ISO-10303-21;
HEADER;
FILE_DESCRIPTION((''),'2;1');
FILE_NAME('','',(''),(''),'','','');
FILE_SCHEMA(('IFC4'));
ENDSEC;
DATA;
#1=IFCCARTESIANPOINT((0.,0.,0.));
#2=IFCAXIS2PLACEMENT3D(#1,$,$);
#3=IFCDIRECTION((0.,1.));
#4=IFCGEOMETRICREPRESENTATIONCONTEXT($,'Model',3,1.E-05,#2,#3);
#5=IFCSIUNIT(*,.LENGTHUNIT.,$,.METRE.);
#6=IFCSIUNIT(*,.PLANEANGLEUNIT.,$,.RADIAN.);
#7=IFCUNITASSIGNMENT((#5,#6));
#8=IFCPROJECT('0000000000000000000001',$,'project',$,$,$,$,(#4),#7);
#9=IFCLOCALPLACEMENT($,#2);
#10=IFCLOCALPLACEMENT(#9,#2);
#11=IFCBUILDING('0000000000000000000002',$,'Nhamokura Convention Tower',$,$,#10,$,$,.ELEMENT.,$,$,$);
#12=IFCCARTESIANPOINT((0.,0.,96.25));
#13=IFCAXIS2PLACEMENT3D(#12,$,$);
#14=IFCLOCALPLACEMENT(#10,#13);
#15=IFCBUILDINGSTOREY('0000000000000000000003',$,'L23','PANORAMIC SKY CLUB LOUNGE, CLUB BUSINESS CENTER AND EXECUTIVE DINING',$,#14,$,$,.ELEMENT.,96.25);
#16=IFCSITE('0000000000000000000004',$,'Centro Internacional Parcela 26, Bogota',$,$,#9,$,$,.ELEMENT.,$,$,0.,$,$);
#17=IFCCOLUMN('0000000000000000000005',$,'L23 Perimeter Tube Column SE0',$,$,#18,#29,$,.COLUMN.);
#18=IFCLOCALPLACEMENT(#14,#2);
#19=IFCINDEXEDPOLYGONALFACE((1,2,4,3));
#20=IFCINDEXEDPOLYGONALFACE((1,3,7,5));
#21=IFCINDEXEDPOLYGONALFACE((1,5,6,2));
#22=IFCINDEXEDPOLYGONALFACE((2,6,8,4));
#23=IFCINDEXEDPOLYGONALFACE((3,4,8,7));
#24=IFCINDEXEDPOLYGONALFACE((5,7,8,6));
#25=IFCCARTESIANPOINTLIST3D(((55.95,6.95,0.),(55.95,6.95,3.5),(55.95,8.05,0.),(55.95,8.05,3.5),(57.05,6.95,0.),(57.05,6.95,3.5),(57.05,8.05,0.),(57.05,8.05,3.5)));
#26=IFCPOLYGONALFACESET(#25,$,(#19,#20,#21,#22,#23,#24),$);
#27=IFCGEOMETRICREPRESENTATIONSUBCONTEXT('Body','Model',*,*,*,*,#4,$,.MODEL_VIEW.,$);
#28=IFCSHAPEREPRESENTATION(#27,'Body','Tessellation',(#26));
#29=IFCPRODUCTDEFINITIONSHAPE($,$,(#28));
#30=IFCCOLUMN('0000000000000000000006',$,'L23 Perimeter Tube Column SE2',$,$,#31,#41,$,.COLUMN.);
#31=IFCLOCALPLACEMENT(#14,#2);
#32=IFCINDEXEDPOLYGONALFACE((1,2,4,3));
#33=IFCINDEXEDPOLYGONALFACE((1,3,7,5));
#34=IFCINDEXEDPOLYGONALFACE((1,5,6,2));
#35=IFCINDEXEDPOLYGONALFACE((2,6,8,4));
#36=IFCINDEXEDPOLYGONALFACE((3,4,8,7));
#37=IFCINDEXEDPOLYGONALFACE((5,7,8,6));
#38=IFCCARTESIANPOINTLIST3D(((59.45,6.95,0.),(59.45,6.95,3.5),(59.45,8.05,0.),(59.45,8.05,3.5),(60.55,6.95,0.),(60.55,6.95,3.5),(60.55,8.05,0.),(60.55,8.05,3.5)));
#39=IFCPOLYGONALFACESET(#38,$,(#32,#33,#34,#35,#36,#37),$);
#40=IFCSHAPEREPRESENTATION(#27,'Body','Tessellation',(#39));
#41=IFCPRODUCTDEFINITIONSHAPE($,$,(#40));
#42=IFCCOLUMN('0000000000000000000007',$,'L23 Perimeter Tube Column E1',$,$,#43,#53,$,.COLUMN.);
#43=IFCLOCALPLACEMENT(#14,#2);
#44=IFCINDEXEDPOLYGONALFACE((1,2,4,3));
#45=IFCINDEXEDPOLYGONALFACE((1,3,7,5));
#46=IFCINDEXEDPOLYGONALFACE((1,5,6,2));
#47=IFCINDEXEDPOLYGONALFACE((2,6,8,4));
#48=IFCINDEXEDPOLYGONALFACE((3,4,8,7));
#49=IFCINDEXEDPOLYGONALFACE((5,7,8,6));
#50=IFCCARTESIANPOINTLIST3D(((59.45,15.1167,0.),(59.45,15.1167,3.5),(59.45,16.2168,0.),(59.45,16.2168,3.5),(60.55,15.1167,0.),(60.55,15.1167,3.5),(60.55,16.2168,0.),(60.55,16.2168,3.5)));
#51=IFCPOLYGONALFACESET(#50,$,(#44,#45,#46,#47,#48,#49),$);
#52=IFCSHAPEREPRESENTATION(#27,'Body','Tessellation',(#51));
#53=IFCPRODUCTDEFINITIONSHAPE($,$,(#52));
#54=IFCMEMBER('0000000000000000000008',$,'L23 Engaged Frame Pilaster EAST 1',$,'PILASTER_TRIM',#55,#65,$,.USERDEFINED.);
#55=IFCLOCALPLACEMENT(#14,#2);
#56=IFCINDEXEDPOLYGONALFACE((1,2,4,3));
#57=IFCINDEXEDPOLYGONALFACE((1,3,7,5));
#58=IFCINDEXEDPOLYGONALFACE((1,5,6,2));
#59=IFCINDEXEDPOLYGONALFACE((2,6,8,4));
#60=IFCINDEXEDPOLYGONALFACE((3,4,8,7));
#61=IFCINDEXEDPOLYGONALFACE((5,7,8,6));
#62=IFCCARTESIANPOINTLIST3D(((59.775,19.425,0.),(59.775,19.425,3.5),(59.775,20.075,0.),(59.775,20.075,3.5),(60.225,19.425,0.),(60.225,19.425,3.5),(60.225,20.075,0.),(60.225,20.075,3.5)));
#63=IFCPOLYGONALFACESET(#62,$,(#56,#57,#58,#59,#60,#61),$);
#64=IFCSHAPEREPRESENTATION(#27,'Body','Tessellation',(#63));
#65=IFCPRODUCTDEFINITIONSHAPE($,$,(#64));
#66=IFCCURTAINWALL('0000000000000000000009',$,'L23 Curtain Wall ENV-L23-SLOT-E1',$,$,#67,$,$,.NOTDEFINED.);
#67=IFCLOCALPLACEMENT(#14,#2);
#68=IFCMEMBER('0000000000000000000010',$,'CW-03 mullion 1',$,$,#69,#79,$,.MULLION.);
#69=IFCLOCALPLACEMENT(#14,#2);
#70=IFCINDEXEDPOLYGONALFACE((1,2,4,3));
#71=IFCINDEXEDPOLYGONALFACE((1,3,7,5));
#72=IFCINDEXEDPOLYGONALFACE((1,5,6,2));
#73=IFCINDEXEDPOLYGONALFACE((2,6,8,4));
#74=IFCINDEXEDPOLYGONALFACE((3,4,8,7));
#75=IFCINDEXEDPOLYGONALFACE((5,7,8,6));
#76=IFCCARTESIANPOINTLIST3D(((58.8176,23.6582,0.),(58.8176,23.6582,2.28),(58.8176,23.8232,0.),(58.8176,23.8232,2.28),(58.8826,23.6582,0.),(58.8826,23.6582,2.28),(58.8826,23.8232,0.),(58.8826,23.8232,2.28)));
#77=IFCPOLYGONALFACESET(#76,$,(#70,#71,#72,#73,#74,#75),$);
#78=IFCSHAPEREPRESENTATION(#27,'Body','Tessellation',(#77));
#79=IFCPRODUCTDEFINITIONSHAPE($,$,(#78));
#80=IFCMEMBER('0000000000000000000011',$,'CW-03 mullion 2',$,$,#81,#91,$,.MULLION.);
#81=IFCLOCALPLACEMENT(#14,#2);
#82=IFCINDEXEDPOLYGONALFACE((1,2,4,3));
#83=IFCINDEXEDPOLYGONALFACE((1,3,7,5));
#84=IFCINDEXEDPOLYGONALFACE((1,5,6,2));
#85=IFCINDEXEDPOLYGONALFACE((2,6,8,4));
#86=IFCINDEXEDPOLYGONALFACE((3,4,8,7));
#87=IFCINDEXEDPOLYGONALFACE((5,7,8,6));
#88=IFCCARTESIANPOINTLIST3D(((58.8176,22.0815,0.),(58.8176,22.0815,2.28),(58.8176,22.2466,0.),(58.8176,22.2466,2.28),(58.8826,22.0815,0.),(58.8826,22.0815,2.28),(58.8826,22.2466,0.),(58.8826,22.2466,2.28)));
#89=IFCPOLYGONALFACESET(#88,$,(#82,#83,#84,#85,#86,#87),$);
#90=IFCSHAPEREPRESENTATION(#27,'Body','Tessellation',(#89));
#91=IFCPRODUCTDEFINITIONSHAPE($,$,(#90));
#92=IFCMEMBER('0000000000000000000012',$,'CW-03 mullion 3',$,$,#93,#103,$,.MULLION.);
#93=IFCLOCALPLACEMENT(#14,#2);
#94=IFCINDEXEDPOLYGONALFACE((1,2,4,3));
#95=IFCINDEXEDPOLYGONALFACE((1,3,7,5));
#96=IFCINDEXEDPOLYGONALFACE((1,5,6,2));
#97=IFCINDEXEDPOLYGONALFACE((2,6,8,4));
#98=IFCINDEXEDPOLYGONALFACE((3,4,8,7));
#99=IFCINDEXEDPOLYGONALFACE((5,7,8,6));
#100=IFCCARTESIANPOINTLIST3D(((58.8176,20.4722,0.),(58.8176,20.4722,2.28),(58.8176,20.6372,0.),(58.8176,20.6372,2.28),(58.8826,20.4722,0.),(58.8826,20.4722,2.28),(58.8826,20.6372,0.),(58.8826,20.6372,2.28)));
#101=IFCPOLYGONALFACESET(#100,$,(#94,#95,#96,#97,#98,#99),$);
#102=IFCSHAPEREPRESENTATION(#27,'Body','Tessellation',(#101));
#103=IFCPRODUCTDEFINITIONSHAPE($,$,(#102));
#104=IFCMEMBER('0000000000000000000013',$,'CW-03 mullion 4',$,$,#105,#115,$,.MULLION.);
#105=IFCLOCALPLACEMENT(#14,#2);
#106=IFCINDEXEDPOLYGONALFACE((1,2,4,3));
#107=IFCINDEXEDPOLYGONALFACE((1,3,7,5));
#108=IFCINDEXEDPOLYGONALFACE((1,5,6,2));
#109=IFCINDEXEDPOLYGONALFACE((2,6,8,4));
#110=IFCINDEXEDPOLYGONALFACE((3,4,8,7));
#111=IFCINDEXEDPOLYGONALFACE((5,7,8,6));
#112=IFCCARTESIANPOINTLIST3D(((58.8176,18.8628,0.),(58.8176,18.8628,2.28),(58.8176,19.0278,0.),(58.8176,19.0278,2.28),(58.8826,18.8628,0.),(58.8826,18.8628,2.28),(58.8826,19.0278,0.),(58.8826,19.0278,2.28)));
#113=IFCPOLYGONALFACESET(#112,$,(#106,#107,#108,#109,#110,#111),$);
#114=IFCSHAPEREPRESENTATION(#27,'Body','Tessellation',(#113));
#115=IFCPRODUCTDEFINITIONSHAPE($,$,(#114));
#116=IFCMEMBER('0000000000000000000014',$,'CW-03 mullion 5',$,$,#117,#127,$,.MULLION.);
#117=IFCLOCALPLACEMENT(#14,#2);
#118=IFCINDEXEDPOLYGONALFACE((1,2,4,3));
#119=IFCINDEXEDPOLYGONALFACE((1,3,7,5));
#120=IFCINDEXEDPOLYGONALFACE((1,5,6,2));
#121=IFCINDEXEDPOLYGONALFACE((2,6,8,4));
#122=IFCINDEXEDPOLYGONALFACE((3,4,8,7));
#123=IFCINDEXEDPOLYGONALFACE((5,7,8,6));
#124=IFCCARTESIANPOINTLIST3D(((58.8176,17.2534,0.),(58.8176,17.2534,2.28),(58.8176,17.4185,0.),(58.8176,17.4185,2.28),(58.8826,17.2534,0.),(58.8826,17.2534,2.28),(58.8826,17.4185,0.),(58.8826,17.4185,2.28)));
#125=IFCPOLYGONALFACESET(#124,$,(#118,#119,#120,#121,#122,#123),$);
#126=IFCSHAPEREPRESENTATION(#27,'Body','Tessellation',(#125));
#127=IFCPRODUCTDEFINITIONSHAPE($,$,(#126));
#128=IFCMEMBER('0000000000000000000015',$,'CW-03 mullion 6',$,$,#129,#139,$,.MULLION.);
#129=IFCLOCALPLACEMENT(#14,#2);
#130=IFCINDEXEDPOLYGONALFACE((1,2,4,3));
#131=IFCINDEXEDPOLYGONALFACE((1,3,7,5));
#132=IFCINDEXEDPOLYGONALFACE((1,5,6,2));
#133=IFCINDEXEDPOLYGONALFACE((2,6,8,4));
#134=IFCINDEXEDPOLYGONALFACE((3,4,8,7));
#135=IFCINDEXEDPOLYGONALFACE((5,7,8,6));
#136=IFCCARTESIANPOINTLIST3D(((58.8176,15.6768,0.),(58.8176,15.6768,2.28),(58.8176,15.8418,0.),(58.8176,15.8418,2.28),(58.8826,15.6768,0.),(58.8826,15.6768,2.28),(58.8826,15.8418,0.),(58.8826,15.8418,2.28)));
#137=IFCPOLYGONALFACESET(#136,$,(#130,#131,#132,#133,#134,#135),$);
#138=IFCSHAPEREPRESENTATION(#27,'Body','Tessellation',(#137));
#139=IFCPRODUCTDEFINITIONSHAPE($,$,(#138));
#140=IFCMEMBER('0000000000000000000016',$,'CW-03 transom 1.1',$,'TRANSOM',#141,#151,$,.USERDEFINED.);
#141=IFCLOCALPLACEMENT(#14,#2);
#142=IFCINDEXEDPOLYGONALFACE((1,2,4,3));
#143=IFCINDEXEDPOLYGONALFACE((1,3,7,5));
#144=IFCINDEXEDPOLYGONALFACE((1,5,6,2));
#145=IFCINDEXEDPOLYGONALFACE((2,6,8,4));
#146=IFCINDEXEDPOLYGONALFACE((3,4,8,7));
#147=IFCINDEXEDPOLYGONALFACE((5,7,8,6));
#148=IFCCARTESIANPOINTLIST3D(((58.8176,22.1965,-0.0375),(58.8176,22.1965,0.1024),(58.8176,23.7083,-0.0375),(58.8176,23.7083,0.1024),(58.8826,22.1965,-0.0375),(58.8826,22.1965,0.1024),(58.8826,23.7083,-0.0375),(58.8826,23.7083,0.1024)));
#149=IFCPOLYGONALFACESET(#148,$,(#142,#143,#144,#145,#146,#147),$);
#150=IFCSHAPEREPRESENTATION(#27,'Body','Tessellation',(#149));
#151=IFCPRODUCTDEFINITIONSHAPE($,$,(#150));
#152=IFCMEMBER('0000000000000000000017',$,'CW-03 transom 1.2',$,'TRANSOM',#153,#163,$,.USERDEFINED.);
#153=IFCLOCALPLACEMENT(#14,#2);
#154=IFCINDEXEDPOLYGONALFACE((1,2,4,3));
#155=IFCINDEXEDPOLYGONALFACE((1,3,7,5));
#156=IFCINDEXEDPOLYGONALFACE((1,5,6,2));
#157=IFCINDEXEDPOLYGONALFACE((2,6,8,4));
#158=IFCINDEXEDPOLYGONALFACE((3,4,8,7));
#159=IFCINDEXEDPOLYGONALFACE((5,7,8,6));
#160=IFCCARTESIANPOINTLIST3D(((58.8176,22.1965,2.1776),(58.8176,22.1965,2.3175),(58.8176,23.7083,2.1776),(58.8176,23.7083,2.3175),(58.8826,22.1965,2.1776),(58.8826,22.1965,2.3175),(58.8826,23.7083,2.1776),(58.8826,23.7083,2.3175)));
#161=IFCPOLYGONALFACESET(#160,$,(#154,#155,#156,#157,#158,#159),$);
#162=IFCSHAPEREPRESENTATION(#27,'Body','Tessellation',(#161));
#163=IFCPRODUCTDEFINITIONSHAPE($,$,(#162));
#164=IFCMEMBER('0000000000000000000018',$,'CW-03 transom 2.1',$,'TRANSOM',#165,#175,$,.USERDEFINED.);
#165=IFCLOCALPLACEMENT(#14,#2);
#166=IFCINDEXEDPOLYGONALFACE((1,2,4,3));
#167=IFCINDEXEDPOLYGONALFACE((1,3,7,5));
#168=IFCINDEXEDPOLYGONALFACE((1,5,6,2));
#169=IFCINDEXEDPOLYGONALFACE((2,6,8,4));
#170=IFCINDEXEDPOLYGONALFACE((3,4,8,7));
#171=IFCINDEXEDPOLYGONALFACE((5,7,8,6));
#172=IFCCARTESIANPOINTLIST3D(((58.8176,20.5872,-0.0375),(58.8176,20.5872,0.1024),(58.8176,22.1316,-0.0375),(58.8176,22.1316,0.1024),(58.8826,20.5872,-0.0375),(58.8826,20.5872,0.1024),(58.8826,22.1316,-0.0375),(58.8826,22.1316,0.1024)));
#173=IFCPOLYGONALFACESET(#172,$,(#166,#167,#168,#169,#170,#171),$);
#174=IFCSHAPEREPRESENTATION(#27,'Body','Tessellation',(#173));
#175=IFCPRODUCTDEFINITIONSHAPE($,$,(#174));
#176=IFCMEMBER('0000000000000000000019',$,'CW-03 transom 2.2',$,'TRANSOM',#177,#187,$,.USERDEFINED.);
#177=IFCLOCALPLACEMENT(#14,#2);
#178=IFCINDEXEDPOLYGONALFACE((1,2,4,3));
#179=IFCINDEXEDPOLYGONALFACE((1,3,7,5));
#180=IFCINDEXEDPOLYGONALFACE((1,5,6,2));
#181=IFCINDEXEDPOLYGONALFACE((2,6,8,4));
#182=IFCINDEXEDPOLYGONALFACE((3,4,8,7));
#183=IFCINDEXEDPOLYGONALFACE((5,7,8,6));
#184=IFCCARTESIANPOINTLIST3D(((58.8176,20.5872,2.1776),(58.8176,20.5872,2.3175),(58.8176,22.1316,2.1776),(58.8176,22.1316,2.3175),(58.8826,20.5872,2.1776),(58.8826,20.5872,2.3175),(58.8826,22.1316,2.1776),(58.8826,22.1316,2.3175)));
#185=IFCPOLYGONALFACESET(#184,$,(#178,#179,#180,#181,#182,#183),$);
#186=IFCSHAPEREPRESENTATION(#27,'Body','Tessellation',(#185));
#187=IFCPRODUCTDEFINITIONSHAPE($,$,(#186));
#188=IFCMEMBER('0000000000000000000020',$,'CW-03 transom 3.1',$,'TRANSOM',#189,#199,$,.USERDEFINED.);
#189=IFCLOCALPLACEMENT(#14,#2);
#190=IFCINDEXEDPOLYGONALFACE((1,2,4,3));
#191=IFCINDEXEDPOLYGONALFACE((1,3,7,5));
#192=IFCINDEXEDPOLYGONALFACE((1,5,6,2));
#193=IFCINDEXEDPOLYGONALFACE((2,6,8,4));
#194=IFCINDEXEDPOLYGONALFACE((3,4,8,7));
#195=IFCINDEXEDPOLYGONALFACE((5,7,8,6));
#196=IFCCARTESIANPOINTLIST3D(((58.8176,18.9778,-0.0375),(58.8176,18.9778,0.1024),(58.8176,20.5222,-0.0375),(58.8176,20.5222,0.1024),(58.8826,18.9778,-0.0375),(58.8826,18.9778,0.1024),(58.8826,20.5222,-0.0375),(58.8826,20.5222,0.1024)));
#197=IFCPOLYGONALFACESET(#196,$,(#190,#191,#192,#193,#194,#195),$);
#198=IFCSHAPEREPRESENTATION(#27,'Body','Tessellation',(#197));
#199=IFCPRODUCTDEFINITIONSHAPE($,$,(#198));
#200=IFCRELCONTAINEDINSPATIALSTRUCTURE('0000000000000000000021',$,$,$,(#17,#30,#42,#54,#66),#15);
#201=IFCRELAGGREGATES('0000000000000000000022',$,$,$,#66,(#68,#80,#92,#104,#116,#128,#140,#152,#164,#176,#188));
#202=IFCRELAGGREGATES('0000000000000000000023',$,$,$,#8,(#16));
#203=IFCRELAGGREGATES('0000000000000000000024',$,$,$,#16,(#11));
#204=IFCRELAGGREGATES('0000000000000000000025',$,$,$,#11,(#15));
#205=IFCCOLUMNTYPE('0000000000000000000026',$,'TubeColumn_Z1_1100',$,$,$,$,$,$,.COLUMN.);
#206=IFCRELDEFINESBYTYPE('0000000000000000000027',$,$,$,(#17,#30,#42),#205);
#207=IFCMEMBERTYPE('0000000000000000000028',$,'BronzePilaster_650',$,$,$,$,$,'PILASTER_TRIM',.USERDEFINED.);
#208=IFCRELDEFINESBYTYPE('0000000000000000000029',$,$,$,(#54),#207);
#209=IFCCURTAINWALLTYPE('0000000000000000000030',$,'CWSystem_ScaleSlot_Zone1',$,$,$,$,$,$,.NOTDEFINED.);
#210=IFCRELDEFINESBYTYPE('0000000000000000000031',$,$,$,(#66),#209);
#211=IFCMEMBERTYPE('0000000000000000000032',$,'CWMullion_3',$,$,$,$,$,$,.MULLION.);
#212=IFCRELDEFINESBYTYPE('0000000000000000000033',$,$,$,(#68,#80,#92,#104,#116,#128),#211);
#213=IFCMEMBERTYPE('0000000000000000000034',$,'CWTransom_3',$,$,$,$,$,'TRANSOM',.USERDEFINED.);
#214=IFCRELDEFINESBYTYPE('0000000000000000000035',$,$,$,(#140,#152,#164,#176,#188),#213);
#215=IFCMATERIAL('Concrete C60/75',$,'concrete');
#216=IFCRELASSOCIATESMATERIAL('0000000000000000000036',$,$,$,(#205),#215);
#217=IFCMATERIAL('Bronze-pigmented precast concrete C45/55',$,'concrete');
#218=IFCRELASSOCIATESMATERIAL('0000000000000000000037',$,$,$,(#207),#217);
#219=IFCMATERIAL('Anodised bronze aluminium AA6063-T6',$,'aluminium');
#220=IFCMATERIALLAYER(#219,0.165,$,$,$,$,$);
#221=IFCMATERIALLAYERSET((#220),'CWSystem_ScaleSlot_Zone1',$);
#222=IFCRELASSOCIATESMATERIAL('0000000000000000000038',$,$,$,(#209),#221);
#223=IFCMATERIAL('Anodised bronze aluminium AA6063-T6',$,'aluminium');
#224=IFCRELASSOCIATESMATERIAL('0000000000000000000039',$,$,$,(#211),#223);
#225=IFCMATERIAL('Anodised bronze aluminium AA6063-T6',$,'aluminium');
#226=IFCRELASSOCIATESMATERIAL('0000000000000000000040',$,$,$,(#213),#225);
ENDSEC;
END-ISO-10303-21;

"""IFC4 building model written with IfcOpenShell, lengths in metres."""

from ifc_helpers import new_model, si_unit, direction, frame, origin, origin_2d, place, context, subcontext, project, spatial, rectangle, extrude, material, layer, layer_set, material_profile, profile_set, type_object, element, aggregate, save


model = new_model("IFC4")

# Units and contexts
model_context = context("Model", 3, precision=1e-05, world=origin(), true_north=direction((0.0, 1.0)))
body_context = subcontext(model_context, "Body", "Model", "MODEL_VIEW")
ifc_project = project(units=[si_unit("LENGTHUNIT", "METRE"), si_unit("PLANEANGLEUNIT", "RADIAN")], contexts=[model_context])

# Site, building, storey
site_placement = place(None, origin())
site = spatial("IfcSite", under=ifc_project, at=site_placement, Name="Centro Internacional Parcela 26, Bogota", CompositionType="ELEMENT", RefElevation=0.0)
building_placement = place(site_placement, origin())
building = spatial("IfcBuilding", under=site, at=building_placement, Name="Nhamokura Convention Tower", CompositionType="ELEMENT")
storey_placement = place(building_placement, frame((0.0, 0.0, 96.25)))
storey = spatial("IfcBuildingStorey", under=building, at=storey_placement, Name="L23", Description="PANORAMIC SKY CLUB LOUNGE, CLUB BUSINESS CENTER AND EXECUTIVE DINING", CompositionType="ELEMENT", Elevation=96.25)

# Columns
ifc_material_1 = material(Name="Concrete C60/75", Category="concrete")
ifc_material_profile_1 = material_profile(ifc_material_1, rectangle(XDim=1.1001, YDim=1.1001, at=origin_2d()))
ifc_profile_set_1 = profile_set([ifc_material_profile_1], Name="Concrete C60/75")
column_type = type_object("IfcColumnType", Name="TubeColumn_Z1_1100", PredefinedType="COLUMN", material=ifc_profile_set_1)
for number, where, z_axis, x_axis, name in (
    (1, (56.5, 7.5, 0.0), (0.0, 0.0, 1.0), (1.0, 0.0, 0.0), "L23 Perimeter Tube Column SE0"),
    (2, (60.0, 7.5, 0.0), (0.0, 0.0, 1.0), (1.0, 0.0, 0.0), "L23 Perimeter Tube Column SE2"),
    (3, (60.0, 15.6667, 0.0), (0.0, 0.0, 1.0), (1.0, 0.0, 0.0), "L23 Perimeter Tube Column E1"),
):
    element("IfcColumn", number, at=place(storey_placement, frame(where, z_axis=z_axis, x_axis=x_axis)), inside=storey, type_object=column_type, Name=name, PredefinedType="COLUMN", context=body_context, shape_type="SweptSolid", body=[
        extrude(rectangle(XDim=1.1001, YDim=1.1001, at=origin_2d()), origin(), (0.0, 0.0, 1.0), 3.5),
    ])

# Member
ifc_material_2 = material(Name="Bronze-pigmented precast concrete C45/55", Category="concrete")
ifc_material_profile_2 = material_profile(ifc_material_2, rectangle(XDim=0.45, YDim=0.6499, at=origin_2d()))
ifc_profile_set_2 = profile_set([ifc_material_profile_2], Name="Bronze-pigmented precast concrete C45/55")
member_type_1 = type_object("IfcMemberType", Name="BronzePilaster_650", ElementType="PILASTER_TRIM", PredefinedType="USERDEFINED", material=ifc_profile_set_2)
member_1_placement = place(storey_placement, frame((60.0, 19.75, 0.0), z_axis=(0.0, 0.0, 1.0), x_axis=(1.0, 0.0, 0.0)))
element("IfcMember", 4, at=member_1_placement, inside=storey, type_object=member_type_1, Name="L23 Engaged Frame Pilaster EAST 1", ObjectType="PILASTER_TRIM", PredefinedType="USERDEFINED", context=body_context, shape_type="SweptSolid", body=[
    extrude(rectangle(XDim=0.45, YDim=0.6499, at=origin_2d()), origin(), (0.0, 0.0, 1.0), 3.5),
])

# Curtain wall, members
ifc_material_3 = material(Name="Anodised bronze aluminium AA6063-T6", Category="aluminium")
ifc_layer_1 = layer(ifc_material_3, 0.165)
ifc_layer_set_1 = layer_set([ifc_layer_1], Name="CWSystem_ScaleSlot_Zone1")
curtain_wall_type = type_object("IfcCurtainWallType", Name="CWSystem_ScaleSlot_Zone1", PredefinedType="NOTDEFINED", material=ifc_layer_set_1)
curtain_wall_placement = place(storey_placement, origin())
curtain_wall = element("IfcCurtainWall", 5, at=curtain_wall_placement, inside=storey, type_object=curtain_wall_type, Name="L23 Curtain Wall ENV-L23-SLOT-E1", PredefinedType="NOTDEFINED")
ifc_material_4 = material(Name="Anodised bronze aluminium AA6063-T6", Category="aluminium")
ifc_material_profile_3 = material_profile(ifc_material_4, rectangle(XDim=0.0649, YDim=0.165, at=origin_2d()))
ifc_profile_set_3 = profile_set([ifc_material_profile_3], Name="Anodised bronze aluminium AA6063-T6")
member_type_2 = type_object("IfcMemberType", Name="CWMullion_3", PredefinedType="MULLION", material=ifc_profile_set_3)
member_2_placement = place(storey_placement, frame((58.8501, 23.7407, 0.0), z_axis=(0.0, 0.0, 1.0), x_axis=(1.0, 0.0, 0.0)))
member_2 = element("IfcMember", 6, at=member_2_placement, type_object=member_type_2, Name="CW-03 mullion 1", PredefinedType="MULLION", context=body_context, shape_type="SweptSolid", body=[
    extrude(rectangle(XDim=0.0649, YDim=0.165, at=origin_2d()), origin(), (0.0, 0.0, 1.0), 2.28),
])
member_3_placement = place(storey_placement, frame((58.8501, 22.1641, 0.0), z_axis=(0.0, 0.0, 1.0), x_axis=(1.0, 0.0, 0.0)))
member_3 = element("IfcMember", 7, at=member_3_placement, type_object=member_type_2, Name="CW-03 mullion 2", PredefinedType="MULLION", context=body_context, shape_type="SweptSolid", body=[
    extrude(rectangle(XDim=0.0649, YDim=0.165, at=origin_2d()), origin(), (0.0, 0.0, 1.0), 2.28),
])
member_4_placement = place(storey_placement, frame((58.8501, 20.5547, 0.0), z_axis=(0.0, 0.0, 1.0), x_axis=(1.0, 0.0, 0.0)))
member_4 = element("IfcMember", 8, at=member_4_placement, type_object=member_type_2, Name="CW-03 mullion 3", PredefinedType="MULLION", context=body_context, shape_type="SweptSolid", body=[
    extrude(rectangle(XDim=0.0649, YDim=0.165, at=origin_2d()), origin(), (0.0, 0.0, 1.0), 2.28),
])
member_5_placement = place(storey_placement, frame((58.8501, 18.9453, 0.0), z_axis=(0.0, 0.0, 1.0), x_axis=(1.0, 0.0, 0.0)))
member_5 = element("IfcMember", 9, at=member_5_placement, type_object=member_type_2, Name="CW-03 mullion 4", PredefinedType="MULLION", context=body_context, shape_type="SweptSolid", body=[
    extrude(rectangle(XDim=0.0649, YDim=0.165, at=origin_2d()), origin(), (0.0, 0.0, 1.0), 2.28),
])
member_6_placement = place(storey_placement, frame((58.8501, 17.3359, 0.0), z_axis=(0.0, 0.0, 1.0), x_axis=(1.0, 0.0, 0.0)))
member_6 = element("IfcMember", 10, at=member_6_placement, type_object=member_type_2, Name="CW-03 mullion 5", PredefinedType="MULLION", context=body_context, shape_type="SweptSolid", body=[
    extrude(rectangle(XDim=0.0649, YDim=0.165, at=origin_2d()), origin(), (0.0, 0.0, 1.0), 2.28),
])
member_7_placement = place(storey_placement, frame((58.8501, 15.7593, 0.0), z_axis=(0.0, 0.0, 1.0), x_axis=(1.0, 0.0, 0.0)))
member_7 = element("IfcMember", 11, at=member_7_placement, type_object=member_type_2, Name="CW-03 mullion 6", PredefinedType="MULLION", context=body_context, shape_type="SweptSolid", body=[
    extrude(rectangle(XDim=0.0649, YDim=0.165, at=origin_2d()), origin(), (0.0, 0.0, 1.0), 2.28),
])
ifc_material_5 = material(Name="Anodised bronze aluminium AA6063-T6", Category="aluminium")
ifc_material_profile_4 = material_profile(ifc_material_5, rectangle(XDim=0.0649, YDim=0.1399, at=origin_2d()))
ifc_profile_set_4 = profile_set([ifc_material_profile_4], Name="Anodised bronze aluminium AA6063-T6")
member_type_3 = type_object("IfcMemberType", Name="CWTransom_3", ElementType="TRANSOM", PredefinedType="USERDEFINED", material=ifc_profile_set_4)
member_8_placement = place(storey_placement, frame((58.8501, 23.7083, 0.0325), z_axis=(0.0, -1.0, 0.0), x_axis=(1.0, 0.0, 0.0)))
member_8 = element("IfcMember", 12, at=member_8_placement, type_object=member_type_3, Name="CW-03 transom 1.1", ObjectType="TRANSOM", PredefinedType="USERDEFINED", context=body_context, shape_type="SweptSolid", body=[
    extrude(rectangle(XDim=0.0649, YDim=0.1399, at=origin_2d()), origin(), (0.0, 0.0, 1.0), 1.5117),
])
member_9_placement = place(storey_placement, frame((58.8501, 23.7083, 2.2476), z_axis=(0.0, -1.0, 0.0), x_axis=(1.0, 0.0, 0.0)))
member_9 = element("IfcMember", 13, at=member_9_placement, type_object=member_type_3, Name="CW-03 transom 1.2", ObjectType="TRANSOM", PredefinedType="USERDEFINED", context=body_context, shape_type="SweptSolid", body=[
    extrude(rectangle(XDim=0.0649, YDim=0.1399, at=origin_2d()), origin(), (0.0, 0.0, 1.0), 1.5117),
])
member_10_placement = place(storey_placement, frame((58.8501, 22.1316, 0.0325), z_axis=(0.0, -1.0, 0.0), x_axis=(1.0, 0.0, 0.0)))
member_10 = element("IfcMember", 14, at=member_10_placement, type_object=member_type_3, Name="CW-03 transom 2.1", ObjectType="TRANSOM", PredefinedType="USERDEFINED", context=body_context, shape_type="SweptSolid", body=[
    extrude(rectangle(XDim=0.0649, YDim=0.1399, at=origin_2d()), origin(), (0.0, 0.0, 1.0), 1.5444),
])
member_11_placement = place(storey_placement, frame((58.8501, 22.1316, 2.2476), z_axis=(0.0, -1.0, 0.0), x_axis=(1.0, 0.0, 0.0)))
member_11 = element("IfcMember", 15, at=member_11_placement, type_object=member_type_3, Name="CW-03 transom 2.2", ObjectType="TRANSOM", PredefinedType="USERDEFINED", context=body_context, shape_type="SweptSolid", body=[
    extrude(rectangle(XDim=0.0649, YDim=0.1399, at=origin_2d()), origin(), (0.0, 0.0, 1.0), 1.5444),
])
member_12_placement = place(storey_placement, frame((58.8501, 20.5222, 0.0325), z_axis=(0.0, -1.0, 0.0), x_axis=(1.0, 0.0, 0.0)))
member_12 = element("IfcMember", 16, at=member_12_placement, type_object=member_type_3, Name="CW-03 transom 3.1", ObjectType="TRANSOM", PredefinedType="USERDEFINED", context=body_context, shape_type="SweptSolid", body=[
    extrude(rectangle(XDim=0.0649, YDim=0.1399, at=origin_2d()), origin(), (0.0, 0.0, 1.0), 1.5444),
])

aggregate(curtain_wall, [member_2, member_3, member_4, member_5, member_6, member_7, member_8, member_9, member_10, member_11, member_12])

save(model, "model.ifc")
